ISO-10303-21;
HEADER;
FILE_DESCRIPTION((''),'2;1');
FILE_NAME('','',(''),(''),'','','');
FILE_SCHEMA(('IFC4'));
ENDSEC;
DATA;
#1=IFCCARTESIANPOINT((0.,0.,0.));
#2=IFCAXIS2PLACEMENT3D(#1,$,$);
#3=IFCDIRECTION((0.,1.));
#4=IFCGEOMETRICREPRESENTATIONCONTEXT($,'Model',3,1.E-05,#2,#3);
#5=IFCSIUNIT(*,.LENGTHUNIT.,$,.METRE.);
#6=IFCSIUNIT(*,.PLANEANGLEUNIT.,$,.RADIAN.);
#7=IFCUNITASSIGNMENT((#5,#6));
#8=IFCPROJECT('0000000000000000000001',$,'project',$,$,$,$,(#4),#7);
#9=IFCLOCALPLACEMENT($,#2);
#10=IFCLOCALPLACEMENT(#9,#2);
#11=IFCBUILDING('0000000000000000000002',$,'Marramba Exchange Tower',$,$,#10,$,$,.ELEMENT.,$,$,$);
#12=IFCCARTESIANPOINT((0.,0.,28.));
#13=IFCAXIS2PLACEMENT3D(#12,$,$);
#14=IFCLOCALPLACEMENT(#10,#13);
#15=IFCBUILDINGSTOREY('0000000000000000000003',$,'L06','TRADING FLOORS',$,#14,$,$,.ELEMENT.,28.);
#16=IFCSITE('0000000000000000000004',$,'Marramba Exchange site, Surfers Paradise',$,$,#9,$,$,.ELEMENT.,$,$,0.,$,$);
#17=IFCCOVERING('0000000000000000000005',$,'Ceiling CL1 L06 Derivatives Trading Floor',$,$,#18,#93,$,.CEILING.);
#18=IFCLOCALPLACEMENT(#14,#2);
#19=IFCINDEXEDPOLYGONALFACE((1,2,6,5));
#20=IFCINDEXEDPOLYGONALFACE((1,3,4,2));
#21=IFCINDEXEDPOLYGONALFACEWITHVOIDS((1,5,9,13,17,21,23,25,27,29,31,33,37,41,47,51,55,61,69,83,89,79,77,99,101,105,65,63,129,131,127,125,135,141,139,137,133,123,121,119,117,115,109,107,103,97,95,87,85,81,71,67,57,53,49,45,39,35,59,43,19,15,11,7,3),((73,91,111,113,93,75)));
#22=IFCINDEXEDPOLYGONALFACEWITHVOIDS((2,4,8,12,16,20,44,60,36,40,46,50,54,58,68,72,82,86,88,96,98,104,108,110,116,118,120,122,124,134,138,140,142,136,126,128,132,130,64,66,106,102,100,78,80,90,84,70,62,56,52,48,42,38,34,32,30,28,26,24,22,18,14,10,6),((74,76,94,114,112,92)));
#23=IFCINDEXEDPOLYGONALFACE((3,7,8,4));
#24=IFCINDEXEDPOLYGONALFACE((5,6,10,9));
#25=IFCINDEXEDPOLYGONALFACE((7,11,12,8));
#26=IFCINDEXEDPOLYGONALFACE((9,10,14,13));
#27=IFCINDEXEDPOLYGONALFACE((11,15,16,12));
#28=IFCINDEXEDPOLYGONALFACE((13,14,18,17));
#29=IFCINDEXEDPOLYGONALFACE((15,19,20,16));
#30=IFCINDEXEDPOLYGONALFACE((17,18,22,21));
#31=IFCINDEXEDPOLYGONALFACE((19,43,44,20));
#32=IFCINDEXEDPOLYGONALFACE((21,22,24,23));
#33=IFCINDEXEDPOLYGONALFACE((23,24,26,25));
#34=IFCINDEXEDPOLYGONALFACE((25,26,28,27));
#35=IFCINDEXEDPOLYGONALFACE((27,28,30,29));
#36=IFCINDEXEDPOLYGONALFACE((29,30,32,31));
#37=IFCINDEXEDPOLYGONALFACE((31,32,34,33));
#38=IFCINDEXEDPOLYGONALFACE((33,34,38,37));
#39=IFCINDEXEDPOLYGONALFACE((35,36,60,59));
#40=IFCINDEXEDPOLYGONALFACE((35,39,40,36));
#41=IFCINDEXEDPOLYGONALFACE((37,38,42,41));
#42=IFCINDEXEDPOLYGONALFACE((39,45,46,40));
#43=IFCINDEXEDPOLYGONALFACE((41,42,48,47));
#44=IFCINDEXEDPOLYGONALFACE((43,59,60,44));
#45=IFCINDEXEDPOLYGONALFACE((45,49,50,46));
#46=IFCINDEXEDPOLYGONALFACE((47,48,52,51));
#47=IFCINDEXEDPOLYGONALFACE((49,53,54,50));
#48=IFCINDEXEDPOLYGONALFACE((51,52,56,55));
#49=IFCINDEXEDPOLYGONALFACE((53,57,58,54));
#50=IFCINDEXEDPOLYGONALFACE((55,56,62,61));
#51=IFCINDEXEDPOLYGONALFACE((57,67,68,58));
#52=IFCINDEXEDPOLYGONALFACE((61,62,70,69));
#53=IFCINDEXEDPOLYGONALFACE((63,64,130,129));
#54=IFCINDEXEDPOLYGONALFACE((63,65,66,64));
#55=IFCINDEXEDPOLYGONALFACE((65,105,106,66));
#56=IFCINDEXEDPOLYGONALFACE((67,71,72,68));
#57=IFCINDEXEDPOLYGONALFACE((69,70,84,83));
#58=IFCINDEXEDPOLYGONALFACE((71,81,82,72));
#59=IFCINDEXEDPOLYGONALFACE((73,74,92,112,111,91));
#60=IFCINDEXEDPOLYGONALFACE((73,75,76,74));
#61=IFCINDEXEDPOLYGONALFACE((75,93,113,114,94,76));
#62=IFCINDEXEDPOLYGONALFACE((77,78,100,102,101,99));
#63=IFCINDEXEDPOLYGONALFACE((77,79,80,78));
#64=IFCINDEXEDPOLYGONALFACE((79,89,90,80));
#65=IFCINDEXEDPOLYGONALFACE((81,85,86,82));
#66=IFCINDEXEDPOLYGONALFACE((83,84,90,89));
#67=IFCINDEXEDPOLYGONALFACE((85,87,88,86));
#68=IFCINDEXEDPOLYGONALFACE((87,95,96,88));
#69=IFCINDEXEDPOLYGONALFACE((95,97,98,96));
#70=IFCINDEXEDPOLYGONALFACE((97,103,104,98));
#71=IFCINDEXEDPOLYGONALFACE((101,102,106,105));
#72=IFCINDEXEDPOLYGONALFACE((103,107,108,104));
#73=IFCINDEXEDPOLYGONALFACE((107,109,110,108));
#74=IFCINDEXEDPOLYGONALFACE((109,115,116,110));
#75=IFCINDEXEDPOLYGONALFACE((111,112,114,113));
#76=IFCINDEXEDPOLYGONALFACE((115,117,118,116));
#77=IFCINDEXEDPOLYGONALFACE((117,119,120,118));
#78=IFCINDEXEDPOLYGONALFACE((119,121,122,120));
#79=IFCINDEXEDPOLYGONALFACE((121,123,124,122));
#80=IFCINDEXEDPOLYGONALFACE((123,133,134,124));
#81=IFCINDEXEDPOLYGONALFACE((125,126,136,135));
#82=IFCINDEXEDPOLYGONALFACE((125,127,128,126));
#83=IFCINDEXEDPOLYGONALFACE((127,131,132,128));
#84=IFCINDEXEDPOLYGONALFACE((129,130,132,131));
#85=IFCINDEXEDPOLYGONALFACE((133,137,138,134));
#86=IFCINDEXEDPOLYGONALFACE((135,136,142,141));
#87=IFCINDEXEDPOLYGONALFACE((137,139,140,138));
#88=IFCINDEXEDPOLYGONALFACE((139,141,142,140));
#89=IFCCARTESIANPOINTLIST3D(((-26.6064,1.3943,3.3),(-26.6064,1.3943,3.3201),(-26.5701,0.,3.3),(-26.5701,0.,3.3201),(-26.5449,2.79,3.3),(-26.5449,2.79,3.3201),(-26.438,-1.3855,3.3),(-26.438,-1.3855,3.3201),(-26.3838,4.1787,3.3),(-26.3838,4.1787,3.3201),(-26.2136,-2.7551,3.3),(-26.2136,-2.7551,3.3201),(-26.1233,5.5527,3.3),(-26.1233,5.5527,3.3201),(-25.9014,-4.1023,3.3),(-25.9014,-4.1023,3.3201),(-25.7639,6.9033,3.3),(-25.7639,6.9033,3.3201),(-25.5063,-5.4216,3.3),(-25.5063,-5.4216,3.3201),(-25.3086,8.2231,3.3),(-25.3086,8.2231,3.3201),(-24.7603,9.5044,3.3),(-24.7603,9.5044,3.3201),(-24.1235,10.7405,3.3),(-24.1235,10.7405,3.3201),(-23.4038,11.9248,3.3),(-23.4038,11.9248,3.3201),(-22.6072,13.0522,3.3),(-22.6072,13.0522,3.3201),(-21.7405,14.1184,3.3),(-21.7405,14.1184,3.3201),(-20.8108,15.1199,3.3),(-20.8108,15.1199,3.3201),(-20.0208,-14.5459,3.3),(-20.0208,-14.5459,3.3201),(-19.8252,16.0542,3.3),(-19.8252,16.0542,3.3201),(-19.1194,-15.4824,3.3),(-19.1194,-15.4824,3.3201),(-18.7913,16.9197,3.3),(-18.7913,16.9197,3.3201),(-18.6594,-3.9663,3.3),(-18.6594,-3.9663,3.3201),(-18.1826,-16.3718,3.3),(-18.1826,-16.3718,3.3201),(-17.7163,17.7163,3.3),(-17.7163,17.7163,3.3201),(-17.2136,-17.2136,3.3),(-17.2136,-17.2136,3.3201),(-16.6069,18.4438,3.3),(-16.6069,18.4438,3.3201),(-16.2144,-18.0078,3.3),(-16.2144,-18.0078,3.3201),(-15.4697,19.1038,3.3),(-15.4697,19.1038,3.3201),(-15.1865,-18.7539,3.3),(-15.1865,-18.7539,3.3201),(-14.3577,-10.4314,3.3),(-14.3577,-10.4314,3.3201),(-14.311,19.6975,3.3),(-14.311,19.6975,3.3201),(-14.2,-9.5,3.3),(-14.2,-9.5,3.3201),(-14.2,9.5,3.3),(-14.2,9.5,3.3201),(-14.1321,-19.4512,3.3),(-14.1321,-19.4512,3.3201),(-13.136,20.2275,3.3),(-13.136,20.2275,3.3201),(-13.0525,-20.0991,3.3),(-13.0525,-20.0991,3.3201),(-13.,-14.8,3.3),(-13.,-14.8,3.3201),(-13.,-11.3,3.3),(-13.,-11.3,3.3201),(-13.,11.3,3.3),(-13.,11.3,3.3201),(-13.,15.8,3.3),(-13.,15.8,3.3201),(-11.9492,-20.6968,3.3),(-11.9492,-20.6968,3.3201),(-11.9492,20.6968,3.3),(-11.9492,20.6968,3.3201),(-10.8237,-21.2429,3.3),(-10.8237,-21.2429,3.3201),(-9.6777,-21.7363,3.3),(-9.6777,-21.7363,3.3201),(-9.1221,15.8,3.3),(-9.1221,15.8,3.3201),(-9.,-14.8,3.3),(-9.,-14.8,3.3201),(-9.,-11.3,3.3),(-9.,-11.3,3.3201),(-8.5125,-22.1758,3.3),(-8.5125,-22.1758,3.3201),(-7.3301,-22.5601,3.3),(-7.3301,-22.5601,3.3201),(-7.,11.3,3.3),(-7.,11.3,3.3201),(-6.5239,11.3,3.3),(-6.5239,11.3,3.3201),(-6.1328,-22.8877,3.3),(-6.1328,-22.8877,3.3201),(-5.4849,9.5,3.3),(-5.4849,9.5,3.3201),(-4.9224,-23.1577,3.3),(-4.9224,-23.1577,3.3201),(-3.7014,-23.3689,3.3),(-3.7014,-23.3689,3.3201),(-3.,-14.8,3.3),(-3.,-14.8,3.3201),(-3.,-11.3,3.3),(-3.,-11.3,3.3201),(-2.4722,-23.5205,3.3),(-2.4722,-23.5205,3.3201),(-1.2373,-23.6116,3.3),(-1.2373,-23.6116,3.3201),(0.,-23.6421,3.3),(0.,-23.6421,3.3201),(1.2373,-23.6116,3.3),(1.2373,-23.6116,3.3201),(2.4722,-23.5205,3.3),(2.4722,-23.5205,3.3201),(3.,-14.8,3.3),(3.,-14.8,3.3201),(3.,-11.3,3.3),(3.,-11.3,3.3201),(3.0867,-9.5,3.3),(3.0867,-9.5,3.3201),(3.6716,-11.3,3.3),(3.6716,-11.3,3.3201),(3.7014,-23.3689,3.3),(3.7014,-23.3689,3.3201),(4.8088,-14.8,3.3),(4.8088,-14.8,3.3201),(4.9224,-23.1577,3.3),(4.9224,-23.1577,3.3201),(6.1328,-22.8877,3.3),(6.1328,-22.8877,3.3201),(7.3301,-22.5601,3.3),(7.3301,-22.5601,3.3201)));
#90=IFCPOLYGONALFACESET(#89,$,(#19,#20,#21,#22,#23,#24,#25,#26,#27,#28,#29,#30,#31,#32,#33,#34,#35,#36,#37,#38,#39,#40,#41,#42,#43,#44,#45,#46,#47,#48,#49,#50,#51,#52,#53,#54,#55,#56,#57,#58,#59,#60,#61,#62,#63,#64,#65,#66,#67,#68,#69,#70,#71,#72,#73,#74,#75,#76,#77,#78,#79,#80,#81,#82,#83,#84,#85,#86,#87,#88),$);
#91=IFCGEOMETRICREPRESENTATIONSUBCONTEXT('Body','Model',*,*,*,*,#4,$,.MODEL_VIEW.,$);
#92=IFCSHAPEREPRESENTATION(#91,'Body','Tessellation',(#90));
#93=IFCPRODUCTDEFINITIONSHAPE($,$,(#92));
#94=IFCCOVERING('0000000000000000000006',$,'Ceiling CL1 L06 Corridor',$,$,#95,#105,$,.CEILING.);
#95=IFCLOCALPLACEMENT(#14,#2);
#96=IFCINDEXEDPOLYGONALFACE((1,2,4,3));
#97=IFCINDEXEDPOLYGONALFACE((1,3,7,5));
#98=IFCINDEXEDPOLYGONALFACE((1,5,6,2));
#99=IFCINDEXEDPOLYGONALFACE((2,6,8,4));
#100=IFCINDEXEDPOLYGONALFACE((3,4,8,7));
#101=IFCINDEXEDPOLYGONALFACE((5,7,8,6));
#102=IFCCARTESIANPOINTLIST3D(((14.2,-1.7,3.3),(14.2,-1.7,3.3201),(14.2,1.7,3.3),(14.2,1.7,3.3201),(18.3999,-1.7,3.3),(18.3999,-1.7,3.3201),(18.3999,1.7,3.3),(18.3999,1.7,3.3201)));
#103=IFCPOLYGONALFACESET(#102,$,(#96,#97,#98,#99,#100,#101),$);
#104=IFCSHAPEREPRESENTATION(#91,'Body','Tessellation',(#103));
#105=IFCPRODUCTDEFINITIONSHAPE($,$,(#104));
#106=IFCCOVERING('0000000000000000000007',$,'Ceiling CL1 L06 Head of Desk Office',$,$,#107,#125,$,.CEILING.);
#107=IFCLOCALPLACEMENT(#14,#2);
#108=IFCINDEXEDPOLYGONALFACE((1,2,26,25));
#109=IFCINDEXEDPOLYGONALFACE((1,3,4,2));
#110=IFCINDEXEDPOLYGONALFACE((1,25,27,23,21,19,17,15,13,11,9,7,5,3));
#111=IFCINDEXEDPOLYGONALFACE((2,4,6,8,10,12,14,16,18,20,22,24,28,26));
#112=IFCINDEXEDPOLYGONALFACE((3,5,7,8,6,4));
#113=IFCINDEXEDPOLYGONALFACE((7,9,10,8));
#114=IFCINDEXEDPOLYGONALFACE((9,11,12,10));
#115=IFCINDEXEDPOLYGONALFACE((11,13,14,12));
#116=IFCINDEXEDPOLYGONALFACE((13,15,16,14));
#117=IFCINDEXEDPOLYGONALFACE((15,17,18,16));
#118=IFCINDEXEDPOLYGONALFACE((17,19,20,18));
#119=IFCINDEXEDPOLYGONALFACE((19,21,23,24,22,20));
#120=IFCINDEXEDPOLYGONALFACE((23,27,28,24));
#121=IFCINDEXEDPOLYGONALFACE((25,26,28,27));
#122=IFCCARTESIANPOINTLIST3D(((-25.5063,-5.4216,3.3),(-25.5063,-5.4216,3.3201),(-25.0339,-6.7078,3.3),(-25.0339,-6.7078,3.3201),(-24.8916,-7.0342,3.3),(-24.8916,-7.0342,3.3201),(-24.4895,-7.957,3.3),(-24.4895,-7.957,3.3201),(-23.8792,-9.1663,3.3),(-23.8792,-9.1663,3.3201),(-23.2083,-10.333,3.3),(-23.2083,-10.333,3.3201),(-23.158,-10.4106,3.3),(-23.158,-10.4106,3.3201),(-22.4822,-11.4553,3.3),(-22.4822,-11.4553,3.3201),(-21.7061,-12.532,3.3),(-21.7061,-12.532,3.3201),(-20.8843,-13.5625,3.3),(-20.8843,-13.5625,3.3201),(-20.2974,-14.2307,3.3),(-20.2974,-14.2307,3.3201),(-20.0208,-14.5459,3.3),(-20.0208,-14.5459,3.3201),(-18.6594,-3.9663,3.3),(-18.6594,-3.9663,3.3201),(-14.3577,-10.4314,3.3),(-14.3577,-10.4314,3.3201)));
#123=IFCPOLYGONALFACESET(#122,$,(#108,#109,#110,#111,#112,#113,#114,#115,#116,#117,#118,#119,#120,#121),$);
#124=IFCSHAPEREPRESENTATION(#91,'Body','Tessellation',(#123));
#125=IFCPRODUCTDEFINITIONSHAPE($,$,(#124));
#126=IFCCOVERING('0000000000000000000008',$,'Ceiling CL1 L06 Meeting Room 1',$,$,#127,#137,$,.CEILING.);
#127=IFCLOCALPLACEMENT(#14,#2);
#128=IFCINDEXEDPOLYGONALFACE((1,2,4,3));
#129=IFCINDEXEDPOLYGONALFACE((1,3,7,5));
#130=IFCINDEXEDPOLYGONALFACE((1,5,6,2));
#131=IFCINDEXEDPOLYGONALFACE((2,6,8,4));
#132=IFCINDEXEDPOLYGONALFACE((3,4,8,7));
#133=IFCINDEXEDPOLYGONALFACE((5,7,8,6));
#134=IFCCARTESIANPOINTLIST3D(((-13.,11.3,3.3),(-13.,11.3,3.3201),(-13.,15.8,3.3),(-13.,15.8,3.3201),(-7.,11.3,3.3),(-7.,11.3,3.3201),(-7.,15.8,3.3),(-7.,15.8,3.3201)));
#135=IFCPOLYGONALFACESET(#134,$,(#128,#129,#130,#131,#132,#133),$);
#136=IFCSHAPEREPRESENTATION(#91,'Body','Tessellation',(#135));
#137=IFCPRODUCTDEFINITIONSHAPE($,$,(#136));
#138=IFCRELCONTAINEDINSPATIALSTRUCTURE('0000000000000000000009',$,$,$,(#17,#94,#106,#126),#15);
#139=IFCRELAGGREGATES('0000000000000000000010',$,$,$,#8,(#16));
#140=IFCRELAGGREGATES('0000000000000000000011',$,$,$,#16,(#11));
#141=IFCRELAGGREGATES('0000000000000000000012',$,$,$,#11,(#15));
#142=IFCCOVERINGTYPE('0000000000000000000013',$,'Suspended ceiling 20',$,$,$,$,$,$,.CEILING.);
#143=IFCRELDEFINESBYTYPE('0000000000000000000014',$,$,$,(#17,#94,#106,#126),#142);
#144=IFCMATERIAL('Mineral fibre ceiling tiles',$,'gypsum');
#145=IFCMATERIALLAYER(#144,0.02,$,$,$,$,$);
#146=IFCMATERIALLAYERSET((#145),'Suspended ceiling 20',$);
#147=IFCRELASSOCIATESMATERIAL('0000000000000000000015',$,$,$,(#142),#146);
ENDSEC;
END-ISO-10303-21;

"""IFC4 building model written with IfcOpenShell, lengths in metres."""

from ifc_helpers import new_model, si_unit, direction, frame, origin, place, context, subcontext, project, spatial, polyline, outline, extrude, material, layer, layer_set, type_object, element, save


model = new_model("IFC4")

# Units and contexts
model_context = context("Model", 3, precision=1e-05, world=origin(), true_north=direction((0.0, 1.0)))
body_context = subcontext(model_context, "Body", "Model", "MODEL_VIEW")
ifc_project = project(units=[si_unit("LENGTHUNIT", "METRE"), si_unit("PLANEANGLEUNIT", "RADIAN")], contexts=[model_context])

# Site, building, storey
site_placement = place(None, origin())
site = spatial("IfcSite", under=ifc_project, at=site_placement, Name="Marramba Exchange site, Surfers Paradise", CompositionType="ELEMENT", RefElevation=0.0)
building_placement = place(site_placement, origin())
building = spatial("IfcBuilding", under=site, at=building_placement, Name="Marramba Exchange Tower", CompositionType="ELEMENT")
storey_placement = place(building_placement, frame((0.0, 0.0, 28.0)))
storey = spatial("IfcBuildingStorey", under=building, at=storey_placement, Name="L06", Description="TRADING FLOORS", CompositionType="ELEMENT", Elevation=28.0)

# Coverings
ifc_material_1 = material(Name="Mineral fibre ceiling tiles", Category="gypsum")
ifc_layer_1 = layer(ifc_material_1, 0.02)
ifc_layer_set_1 = layer_set([ifc_layer_1], Name="Suspended ceiling 20")
covering_type_1 = type_object("IfcCoveringType", Name="Suspended ceiling 20", PredefinedType="CEILING", material=ifc_layer_set_1)
covering_1_placement = place(storey_placement, frame((0.0, 0.0, 3.3)))
element("IfcCovering", 1, at=covering_1_placement, inside=storey, type_object=covering_type_1, Name="Ceiling CL1 L06 Derivatives Trading Floor", PredefinedType="CEILING", context=body_context, shape_type="SweptSolid", body=[
    extrude(outline(polyline([(-14.2, -9.5), (3.0867, -9.5), (3.6716, -11.3), (3.0, -11.3), (3.0, -14.8), (4.8088, -14.8), (7.3301, -22.5601), (6.1328, -22.8877), (4.9224, -23.1577), (3.7014, -23.3689), (2.4722, -23.5205), (1.2373, -23.6116), (0.0, -23.6421), (-1.2373, -23.6116), (-2.4722, -23.5205), (-3.7014, -23.3689), (-4.9224, -23.1577), (-6.1328, -22.8877), (-7.3301, -22.5601), (-8.5125, -22.1758), (-9.6777, -21.7363), (-10.8237, -21.2429), (-11.9492, -20.6968), (-13.0525, -20.0991), (-14.1321, -19.4512), (-15.1865, -18.7539), (-16.2144, -18.0078), (-17.2136, -17.2136), (-18.1826, -16.3718), (-19.1194, -15.4824), (-20.0208, -14.5459), (-14.3577, -10.4314), (-18.6594, -3.9663), (-25.5063, -5.4216), (-25.9014, -4.1023), (-26.2136, -2.7551), (-26.438, -1.3855), (-26.5701, 0.0), (-26.6064, 1.3943), (-26.5449, 2.79), (-26.3838, 4.1787), (-26.1233, 5.5527), (-25.7639, 6.9033), (-25.3086, 8.2231), (-24.7603, 9.5044), (-24.1235, 10.7405), (-23.4038, 11.9248), (-22.6072, 13.0522), (-21.7405, 14.1184), (-20.8108, 15.1199), (-19.8252, 16.0542), (-18.7913, 16.9197), (-17.7163, 17.7163), (-16.6069, 18.4438), (-15.4697, 19.1038), (-14.311, 19.6975), (-13.136, 20.2275), (-11.9492, 20.6968), (-9.1221, 15.8), (-13.0, 15.8), (-13.0, 11.3), (-7.0, 11.3), (-6.5239, 11.3), (-5.4849, 9.5), (-14.2, 9.5), (-14.2, -9.5)]), holes=[polyline([(-13.0, -14.8), (-9.0, -14.8), (-3.0, -14.8), (-3.0, -11.3), (-9.0, -11.3), (-13.0, -11.3), (-13.0, -14.8)])]), origin(), (0.0, 0.0, 1.0), 0.02),
])
covering_2_placement = place(storey_placement, frame((0.0, 0.0, 3.3)))
element("IfcCovering", 2, at=covering_2_placement, inside=storey, type_object=covering_type_1, Name="Ceiling CL1 L06 Corridor", PredefinedType="CEILING", context=body_context, shape_type="SweptSolid", body=[
    extrude(outline(polyline([(14.2, -1.7), (14.2, 1.7), (18.3999, 1.7), (18.3999, -1.7), (14.2, -1.7)])), origin(), (0.0, 0.0, 1.0), 0.02),
])
covering_3_placement = place(storey_placement, frame((0.0, 0.0, 3.3)))
element("IfcCovering", 3, at=covering_3_placement, inside=storey, type_object=covering_type_1, Name="Ceiling CL1 L06 Head of Desk Office", PredefinedType="CEILING", context=body_context, shape_type="SweptSolid", body=[
    extrude(outline(polyline([(-20.2974, -14.2307), (-20.8843, -13.5625), (-21.7061, -12.532), (-22.4822, -11.4553), (-23.158, -10.4106), (-23.2083, -10.333), (-23.8792, -9.1663), (-24.4895, -7.957), (-24.8916, -7.0342), (-25.0339, -6.7078), (-25.5063, -5.4216), (-18.6594, -3.9663), (-14.3577, -10.4314), (-20.0208, -14.5459), (-20.2974, -14.2307)])), origin(), (0.0, 0.0, 1.0), 0.02),
])
covering_4_placement = place(storey_placement, frame((0.0, 0.0, 3.3)))
element("IfcCovering", 4, at=covering_4_placement, inside=storey, type_object=covering_type_1, Name="Ceiling CL1 L06 Meeting Room 1", PredefinedType="CEILING", context=body_context, shape_type="SweptSolid", body=[
    extrude(outline(polyline([(-7.0, 15.8), (-7.0, 11.3), (-13.0, 11.3), (-13.0, 15.8), (-7.0, 15.8)])), origin(), (0.0, 0.0, 1.0), 0.02),
])

save(model, "model.ifc")
